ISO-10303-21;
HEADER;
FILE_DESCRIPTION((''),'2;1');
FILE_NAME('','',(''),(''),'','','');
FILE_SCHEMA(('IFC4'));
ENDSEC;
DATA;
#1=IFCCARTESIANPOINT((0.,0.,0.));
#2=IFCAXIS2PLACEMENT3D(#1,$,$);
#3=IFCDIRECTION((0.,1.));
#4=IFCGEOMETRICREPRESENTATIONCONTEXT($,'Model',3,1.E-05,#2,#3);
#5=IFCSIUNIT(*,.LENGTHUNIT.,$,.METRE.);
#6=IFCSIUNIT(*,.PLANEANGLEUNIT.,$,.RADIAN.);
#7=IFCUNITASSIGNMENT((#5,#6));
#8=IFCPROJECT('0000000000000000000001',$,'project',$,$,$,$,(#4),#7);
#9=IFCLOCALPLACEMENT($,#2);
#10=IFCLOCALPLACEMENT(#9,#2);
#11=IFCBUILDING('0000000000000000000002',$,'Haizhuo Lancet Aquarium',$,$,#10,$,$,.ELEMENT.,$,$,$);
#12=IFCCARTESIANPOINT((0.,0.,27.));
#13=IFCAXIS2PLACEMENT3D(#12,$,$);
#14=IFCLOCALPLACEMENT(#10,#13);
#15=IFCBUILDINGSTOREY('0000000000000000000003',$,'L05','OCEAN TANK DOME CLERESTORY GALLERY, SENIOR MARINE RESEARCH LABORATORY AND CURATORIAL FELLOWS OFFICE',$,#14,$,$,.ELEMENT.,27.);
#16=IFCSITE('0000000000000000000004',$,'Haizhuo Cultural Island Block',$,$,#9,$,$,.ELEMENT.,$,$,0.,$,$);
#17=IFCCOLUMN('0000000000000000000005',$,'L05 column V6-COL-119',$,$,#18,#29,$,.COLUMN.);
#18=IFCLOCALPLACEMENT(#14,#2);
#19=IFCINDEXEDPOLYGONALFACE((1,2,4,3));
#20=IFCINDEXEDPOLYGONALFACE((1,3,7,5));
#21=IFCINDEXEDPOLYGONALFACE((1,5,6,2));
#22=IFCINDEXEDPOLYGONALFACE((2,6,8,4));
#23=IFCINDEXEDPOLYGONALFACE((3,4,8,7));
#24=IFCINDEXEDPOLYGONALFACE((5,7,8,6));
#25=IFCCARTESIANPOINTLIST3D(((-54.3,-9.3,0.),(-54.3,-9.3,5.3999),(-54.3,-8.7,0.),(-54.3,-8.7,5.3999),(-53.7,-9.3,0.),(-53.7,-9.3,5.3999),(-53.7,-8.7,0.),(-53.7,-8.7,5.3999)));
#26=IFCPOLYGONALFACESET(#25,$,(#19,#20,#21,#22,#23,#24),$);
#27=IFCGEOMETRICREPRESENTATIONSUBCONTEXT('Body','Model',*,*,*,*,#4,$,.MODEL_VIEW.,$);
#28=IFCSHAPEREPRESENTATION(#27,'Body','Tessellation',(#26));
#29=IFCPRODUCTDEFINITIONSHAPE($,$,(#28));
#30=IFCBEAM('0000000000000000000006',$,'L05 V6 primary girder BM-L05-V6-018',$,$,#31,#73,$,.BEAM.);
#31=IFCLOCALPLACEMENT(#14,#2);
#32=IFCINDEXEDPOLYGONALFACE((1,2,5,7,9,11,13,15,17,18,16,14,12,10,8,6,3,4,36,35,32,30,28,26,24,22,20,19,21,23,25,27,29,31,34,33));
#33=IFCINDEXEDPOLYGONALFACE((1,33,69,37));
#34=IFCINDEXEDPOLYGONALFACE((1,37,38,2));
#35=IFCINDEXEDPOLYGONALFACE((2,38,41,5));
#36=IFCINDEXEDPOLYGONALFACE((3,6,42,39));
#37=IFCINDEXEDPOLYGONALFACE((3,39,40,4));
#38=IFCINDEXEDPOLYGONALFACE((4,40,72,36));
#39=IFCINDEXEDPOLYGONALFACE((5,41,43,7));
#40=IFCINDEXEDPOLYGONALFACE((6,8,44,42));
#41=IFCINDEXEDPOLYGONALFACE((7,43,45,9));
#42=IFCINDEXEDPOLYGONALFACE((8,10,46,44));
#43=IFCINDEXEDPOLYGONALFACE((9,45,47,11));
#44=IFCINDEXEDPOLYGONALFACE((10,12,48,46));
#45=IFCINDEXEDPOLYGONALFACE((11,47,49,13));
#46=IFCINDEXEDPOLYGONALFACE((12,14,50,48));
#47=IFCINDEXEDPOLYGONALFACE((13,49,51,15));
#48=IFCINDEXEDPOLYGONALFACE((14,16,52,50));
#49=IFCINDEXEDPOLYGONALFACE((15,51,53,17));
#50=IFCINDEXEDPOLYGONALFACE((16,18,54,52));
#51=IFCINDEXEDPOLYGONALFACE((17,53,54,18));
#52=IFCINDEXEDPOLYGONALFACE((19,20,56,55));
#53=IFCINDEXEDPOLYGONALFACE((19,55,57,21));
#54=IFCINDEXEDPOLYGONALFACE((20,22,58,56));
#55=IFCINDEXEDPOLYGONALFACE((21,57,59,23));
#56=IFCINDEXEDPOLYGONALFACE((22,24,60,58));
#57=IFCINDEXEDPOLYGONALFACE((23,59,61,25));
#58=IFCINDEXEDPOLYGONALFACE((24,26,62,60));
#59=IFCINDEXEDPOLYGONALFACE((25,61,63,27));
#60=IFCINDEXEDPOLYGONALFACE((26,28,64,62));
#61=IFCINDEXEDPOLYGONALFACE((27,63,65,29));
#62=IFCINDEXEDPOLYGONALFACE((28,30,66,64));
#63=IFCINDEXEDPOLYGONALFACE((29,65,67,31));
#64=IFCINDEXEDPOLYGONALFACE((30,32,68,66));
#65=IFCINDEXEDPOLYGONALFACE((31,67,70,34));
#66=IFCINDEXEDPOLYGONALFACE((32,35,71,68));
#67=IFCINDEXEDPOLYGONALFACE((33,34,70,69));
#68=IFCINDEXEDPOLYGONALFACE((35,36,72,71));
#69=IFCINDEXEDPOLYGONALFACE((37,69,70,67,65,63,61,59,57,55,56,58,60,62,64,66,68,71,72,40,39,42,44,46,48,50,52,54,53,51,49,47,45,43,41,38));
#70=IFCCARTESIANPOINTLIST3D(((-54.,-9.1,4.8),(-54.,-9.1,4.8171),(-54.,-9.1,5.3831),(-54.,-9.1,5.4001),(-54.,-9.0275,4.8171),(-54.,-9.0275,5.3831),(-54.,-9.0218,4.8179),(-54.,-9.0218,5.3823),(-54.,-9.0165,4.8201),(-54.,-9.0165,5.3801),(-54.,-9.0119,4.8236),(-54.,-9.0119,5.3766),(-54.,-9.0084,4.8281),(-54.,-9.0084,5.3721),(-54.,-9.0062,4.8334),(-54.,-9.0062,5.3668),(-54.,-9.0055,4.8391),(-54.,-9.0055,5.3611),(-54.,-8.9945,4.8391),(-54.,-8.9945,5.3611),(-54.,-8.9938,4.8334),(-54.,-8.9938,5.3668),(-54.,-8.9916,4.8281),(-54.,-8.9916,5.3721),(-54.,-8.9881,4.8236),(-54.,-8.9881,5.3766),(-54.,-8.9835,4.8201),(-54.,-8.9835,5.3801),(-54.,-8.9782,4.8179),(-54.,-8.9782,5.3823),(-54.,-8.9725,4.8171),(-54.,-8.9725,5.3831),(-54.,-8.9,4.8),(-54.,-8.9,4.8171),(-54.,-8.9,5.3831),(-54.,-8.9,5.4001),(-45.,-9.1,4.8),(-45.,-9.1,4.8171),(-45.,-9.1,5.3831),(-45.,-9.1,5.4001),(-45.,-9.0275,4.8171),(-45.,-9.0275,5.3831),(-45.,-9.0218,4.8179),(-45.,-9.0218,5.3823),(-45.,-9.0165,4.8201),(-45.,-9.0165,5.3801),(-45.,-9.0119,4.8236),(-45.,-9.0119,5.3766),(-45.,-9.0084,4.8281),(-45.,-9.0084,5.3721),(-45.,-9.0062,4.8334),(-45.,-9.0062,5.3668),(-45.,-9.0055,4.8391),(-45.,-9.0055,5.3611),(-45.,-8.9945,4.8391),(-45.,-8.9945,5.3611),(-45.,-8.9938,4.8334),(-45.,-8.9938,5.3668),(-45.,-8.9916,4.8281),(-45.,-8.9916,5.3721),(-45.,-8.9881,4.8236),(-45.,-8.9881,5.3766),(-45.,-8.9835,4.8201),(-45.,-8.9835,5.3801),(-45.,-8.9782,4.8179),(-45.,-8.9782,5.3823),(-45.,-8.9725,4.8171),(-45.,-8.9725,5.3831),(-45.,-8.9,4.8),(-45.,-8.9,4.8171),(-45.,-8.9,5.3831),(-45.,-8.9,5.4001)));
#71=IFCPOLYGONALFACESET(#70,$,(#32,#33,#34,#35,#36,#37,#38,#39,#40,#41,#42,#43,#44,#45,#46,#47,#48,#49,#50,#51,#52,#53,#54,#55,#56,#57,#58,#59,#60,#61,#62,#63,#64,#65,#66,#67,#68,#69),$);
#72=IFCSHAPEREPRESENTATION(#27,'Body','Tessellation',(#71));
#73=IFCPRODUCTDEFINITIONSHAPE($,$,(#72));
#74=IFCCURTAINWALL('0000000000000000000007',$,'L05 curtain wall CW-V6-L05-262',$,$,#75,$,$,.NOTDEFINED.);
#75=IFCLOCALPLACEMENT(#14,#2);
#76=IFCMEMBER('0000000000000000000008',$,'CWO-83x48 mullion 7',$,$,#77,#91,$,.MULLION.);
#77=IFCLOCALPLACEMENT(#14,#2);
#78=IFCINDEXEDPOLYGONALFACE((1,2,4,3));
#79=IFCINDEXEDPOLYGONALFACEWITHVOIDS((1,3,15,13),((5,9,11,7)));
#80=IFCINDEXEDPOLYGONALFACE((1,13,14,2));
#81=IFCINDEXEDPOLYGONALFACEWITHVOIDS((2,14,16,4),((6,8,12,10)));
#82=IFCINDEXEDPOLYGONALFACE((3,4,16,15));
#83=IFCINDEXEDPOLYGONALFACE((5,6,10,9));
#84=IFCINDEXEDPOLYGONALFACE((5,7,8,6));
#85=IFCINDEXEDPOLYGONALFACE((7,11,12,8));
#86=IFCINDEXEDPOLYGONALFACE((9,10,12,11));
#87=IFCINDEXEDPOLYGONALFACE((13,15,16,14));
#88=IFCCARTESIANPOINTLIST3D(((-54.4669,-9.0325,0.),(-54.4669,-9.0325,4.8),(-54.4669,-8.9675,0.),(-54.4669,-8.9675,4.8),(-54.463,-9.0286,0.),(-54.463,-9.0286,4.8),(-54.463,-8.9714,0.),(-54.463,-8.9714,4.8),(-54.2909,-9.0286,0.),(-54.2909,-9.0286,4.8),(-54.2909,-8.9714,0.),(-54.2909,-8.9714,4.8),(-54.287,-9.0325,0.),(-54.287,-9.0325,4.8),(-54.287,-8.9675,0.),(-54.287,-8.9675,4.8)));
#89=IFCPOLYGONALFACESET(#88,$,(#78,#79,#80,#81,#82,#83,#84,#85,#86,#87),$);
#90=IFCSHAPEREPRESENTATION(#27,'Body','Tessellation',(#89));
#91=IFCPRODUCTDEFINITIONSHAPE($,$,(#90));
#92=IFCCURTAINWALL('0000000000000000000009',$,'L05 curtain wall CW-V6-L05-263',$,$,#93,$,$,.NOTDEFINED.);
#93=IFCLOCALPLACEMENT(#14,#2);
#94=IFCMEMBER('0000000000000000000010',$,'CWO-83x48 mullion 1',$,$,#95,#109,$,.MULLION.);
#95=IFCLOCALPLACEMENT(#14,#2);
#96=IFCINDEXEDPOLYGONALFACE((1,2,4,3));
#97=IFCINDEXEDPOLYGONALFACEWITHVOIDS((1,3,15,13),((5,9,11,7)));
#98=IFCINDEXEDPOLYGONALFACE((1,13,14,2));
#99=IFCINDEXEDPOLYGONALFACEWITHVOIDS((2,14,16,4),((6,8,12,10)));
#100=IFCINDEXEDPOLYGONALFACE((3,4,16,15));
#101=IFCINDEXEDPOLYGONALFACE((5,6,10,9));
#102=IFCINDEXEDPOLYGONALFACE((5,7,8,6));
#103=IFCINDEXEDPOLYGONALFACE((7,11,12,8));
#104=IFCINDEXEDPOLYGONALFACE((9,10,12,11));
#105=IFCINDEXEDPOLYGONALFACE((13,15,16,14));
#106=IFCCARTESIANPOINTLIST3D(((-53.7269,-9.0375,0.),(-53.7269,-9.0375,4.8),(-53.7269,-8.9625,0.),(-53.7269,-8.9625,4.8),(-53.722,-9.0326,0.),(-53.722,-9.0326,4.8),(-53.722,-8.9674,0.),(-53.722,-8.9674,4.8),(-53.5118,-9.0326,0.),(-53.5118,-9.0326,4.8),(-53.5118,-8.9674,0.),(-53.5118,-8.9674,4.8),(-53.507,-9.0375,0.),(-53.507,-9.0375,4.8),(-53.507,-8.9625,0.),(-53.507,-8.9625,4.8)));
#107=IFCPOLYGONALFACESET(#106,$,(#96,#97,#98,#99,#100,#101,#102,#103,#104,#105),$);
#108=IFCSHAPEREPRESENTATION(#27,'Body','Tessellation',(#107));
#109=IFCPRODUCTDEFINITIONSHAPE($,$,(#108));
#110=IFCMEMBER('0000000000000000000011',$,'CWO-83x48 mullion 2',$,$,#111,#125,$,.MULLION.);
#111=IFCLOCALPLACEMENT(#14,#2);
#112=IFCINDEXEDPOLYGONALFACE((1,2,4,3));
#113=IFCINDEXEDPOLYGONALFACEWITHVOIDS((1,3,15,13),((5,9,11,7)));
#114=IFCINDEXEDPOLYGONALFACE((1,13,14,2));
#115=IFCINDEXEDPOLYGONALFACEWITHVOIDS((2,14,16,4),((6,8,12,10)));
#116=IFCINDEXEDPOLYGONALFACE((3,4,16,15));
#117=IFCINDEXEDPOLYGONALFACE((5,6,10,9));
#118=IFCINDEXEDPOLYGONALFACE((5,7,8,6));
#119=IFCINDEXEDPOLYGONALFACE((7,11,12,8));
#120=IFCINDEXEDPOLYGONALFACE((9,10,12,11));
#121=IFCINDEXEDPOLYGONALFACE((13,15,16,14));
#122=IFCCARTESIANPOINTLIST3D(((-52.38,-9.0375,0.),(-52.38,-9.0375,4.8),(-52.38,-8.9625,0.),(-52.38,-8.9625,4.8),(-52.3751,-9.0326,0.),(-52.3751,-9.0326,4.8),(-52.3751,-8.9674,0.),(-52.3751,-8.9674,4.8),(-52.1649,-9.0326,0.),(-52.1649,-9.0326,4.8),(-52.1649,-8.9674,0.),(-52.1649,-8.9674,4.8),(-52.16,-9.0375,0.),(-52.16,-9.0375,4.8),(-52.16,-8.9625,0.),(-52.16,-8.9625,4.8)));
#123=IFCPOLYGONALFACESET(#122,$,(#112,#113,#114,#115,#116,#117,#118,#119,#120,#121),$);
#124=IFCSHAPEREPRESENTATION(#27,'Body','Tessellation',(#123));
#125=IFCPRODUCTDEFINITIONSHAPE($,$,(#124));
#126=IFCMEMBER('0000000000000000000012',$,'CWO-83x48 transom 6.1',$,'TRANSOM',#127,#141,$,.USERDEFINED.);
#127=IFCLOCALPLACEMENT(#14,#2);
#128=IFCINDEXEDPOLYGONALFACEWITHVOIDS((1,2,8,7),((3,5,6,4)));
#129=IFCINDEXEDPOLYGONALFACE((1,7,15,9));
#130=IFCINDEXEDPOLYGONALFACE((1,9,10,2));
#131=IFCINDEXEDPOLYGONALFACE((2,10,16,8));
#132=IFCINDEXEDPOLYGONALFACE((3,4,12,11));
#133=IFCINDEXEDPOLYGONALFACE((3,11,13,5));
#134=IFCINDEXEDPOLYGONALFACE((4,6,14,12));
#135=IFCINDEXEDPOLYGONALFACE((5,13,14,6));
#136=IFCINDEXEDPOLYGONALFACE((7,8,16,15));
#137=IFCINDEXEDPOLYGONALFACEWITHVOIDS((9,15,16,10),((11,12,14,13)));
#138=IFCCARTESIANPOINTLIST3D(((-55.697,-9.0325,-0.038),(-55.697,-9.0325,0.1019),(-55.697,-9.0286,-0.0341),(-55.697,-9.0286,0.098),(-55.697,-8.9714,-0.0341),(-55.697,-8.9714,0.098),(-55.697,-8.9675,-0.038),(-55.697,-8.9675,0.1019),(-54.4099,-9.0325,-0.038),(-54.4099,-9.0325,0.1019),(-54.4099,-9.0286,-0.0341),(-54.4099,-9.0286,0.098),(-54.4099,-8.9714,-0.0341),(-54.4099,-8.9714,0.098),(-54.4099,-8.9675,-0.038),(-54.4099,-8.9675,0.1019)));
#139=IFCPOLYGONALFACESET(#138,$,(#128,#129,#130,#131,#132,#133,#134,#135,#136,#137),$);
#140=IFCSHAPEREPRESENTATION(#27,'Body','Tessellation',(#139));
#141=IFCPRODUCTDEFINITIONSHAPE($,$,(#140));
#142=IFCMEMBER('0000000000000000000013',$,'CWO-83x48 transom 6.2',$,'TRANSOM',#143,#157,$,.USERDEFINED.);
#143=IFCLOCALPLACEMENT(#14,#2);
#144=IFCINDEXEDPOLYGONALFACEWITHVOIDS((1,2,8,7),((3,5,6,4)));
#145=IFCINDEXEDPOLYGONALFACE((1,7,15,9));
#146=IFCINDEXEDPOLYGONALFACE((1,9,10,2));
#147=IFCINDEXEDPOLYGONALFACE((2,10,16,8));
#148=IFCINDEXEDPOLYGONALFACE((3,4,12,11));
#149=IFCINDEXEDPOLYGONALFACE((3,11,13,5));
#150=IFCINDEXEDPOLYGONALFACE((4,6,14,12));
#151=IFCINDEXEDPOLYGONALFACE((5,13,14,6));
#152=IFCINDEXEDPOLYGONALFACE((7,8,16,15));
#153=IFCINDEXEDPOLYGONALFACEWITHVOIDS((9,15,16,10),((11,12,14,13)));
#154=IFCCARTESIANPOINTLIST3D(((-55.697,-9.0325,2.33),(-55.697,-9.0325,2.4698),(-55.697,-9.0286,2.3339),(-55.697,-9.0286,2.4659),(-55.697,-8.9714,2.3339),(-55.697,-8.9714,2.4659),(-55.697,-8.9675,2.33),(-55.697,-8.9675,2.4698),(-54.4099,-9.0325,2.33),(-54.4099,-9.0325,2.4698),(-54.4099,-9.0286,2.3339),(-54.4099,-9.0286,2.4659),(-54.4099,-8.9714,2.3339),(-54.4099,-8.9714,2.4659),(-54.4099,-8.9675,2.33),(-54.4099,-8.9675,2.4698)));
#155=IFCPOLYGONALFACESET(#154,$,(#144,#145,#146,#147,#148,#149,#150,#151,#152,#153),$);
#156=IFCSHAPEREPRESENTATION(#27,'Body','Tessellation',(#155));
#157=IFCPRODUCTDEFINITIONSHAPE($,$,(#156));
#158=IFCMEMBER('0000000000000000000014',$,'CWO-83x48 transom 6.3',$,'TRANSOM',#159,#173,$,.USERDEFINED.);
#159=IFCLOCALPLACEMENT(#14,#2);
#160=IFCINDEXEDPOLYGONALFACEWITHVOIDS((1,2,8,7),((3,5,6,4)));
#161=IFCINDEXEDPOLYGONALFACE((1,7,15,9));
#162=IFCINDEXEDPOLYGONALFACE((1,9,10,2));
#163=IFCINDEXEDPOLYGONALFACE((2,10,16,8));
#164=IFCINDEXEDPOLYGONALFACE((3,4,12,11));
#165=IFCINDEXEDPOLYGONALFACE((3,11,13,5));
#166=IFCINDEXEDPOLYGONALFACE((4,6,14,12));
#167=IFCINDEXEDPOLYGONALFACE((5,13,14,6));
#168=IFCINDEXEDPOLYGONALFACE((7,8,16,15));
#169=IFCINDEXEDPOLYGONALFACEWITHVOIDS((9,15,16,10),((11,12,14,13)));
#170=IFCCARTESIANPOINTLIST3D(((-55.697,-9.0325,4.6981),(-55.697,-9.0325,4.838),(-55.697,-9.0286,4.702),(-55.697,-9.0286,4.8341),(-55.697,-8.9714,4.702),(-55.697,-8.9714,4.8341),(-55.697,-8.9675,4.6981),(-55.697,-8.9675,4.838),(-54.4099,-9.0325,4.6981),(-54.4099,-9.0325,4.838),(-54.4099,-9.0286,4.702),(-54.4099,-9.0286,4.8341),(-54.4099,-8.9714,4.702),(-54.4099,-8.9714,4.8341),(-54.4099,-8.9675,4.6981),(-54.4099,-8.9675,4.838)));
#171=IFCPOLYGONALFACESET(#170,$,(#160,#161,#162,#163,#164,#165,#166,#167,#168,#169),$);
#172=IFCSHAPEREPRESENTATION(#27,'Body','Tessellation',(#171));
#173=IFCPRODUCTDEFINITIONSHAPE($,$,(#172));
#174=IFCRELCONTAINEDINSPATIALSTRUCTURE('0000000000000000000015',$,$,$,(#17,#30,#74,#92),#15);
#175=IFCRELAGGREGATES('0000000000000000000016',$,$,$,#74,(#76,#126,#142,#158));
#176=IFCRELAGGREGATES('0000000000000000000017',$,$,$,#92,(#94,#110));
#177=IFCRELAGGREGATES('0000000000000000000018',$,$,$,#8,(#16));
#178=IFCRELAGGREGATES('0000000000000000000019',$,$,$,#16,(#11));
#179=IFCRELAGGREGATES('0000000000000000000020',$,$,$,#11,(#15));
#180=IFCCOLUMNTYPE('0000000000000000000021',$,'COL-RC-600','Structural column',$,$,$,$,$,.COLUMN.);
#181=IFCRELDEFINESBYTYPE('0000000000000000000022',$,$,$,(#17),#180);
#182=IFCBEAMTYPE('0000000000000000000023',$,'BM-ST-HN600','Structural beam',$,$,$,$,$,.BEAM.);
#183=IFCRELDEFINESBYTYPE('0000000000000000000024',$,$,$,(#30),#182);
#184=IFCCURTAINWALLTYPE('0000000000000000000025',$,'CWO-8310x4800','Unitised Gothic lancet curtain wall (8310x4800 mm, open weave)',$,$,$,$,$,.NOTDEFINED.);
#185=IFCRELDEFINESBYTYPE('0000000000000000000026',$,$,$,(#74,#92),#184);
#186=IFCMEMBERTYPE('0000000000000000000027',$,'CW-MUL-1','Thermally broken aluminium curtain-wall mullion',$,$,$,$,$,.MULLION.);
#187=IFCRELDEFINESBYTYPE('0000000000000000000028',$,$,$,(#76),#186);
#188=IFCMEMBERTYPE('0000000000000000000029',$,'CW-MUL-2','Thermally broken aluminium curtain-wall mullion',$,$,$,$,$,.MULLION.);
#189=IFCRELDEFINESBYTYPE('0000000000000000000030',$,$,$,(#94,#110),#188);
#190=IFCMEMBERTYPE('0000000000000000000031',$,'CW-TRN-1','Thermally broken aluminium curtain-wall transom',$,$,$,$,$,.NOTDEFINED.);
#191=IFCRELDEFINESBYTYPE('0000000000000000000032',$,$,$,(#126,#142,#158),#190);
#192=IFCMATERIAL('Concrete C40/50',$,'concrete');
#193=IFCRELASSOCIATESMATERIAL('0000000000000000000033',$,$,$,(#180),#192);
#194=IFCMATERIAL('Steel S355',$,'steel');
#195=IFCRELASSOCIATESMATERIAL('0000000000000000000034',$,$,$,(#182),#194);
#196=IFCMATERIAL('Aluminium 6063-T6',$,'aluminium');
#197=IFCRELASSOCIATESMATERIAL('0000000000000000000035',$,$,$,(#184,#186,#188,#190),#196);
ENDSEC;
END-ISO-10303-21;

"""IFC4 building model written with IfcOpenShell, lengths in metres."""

from ifc_helpers import new_model, si_unit, direction, frame, origin, origin_2d, place, context, subcontext, project, spatial, rectangle, hollow_rectangle, i_section, extrude, material, material_profile, profile_set, type_object, element, aggregate, save


model = new_model("IFC4")

# Units and contexts
model_context = context("Model", 3, precision=1e-05, world=origin(), true_north=direction((0.0, 1.0)))
body_context = subcontext(model_context, "Body", "Model", "MODEL_VIEW")
ifc_project = project(units=[si_unit("LENGTHUNIT", "METRE"), si_unit("PLANEANGLEUNIT", "RADIAN")], contexts=[model_context])

# Site, building, storey
site_placement = place(None, origin())
site = spatial("IfcSite", under=ifc_project, at=site_placement, Name="Haizhuo Cultural Island Block", CompositionType="ELEMENT", RefElevation=0.0)
building_placement = place(site_placement, origin())
building = spatial("IfcBuilding", under=site, at=building_placement, Name="Haizhuo Lancet Aquarium", CompositionType="ELEMENT")
storey_placement = place(building_placement, frame((0.0, 0.0, 27.0)))
storey = spatial("IfcBuildingStorey", under=building, at=storey_placement, Name="L05", Description="OCEAN TANK DOME CLERESTORY GALLERY, SENIOR MARINE RESEARCH LABORATORY AND CURATORIAL FELLOWS OFFICE", CompositionType="ELEMENT", Elevation=27.0)

# Column
ifc_material_1 = material(Name="Concrete C40/50", Category="concrete")
ifc_material_profile_1 = material_profile(ifc_material_1, rectangle(XDim=0.6001, YDim=0.6001, at=origin_2d()), Name="RC-COL 600x600")
ifc_profile_set_1 = profile_set([ifc_material_profile_1], Name="Concrete C40/50")
column_type = type_object("IfcColumnType", Name="COL-RC-600", Description="Structural column", PredefinedType="COLUMN", material=ifc_profile_set_1)
column_placement = place(storey_placement, frame((-54.0, -9.0, 0.0), z_axis=(0.0, 0.0, 1.0), x_axis=(1.0, 0.0, 0.0)))
element("IfcColumn", 1, at=column_placement, inside=storey, type_object=column_type, Name="L05 column V6-COL-119", PredefinedType="COLUMN", context=body_context, shape_type="SweptSolid", body=[
    extrude(rectangle(XDim=0.6001, YDim=0.6001, at=origin_2d()), origin(), (0.0, 0.0, 1.0), 5.3999),
])

# Beam
ifc_material_2 = material(Name="Steel S355", Category="steel")
ifc_material_profile_2 = material_profile(ifc_material_2, i_section(OverallWidth=0.2, OverallDepth=0.6001, WebThickness=0.011, FlangeThickness=0.0171, FilletRadius=0.022, at=origin_2d()), Name="HN 600x200x11x17")
ifc_profile_set_2 = profile_set([ifc_material_profile_2], Name="Steel S355")
beam_type = type_object("IfcBeamType", Name="BM-ST-HN600", Description="Structural beam", PredefinedType="BEAM", material=ifc_profile_set_2)
beam_placement = place(storey_placement, frame((-54.0, -9.0, 5.1001), z_axis=(1.0, 0.0, 0.0), x_axis=(0.0, 1.0, 0.0)))
element("IfcBeam", 2, at=beam_placement, inside=storey, type_object=beam_type, Name="L05 V6 primary girder BM-L05-V6-018", PredefinedType="BEAM", context=body_context, shape_type="SweptSolid", body=[
    extrude(i_section(OverallWidth=0.2, OverallDepth=0.6001, WebThickness=0.011, FlangeThickness=0.0171, FilletRadius=0.022, at=origin_2d()), origin(), (0.0, 0.0, 1.0), 9.0),
])

# Curtain wall, member
ifc_material_3 = material(Name="Aluminium 6063-T6", Category="aluminium")
curtain_wall_type = type_object("IfcCurtainWallType", Name="CWO-8310x4800", Description="Unitised Gothic lancet curtain wall (8310x4800 mm, open weave)", PredefinedType="NOTDEFINED", material=ifc_material_3)
curtain_wall_1_placement = place(storey_placement, origin())
curtain_wall_1 = element("IfcCurtainWall", 3, at=curtain_wall_1_placement, inside=storey, type_object=curtain_wall_type, Name="L05 curtain wall CW-V6-L05-262", PredefinedType="NOTDEFINED")
ifc_material_profile_3 = material_profile(ifc_material_3, hollow_rectangle(XDim=0.0649, YDim=0.1799, WallThickness=0.0039, at=origin_2d()), Name="ALU-M 65x180x4")
ifc_profile_set_3 = profile_set([ifc_material_profile_3], Name="Aluminium 6063-T6")
member_type_1 = type_object("IfcMemberType", Name="CW-MUL-1", Description="Thermally broken aluminium curtain-wall mullion", PredefinedType="MULLION", material=ifc_profile_set_3)
member_1_placement = place(storey_placement, frame((-54.377, -9.0, 0.0), z_axis=(0.0, 0.0, 1.0), x_axis=(0.0, 1.0, 0.0)))
member_1 = element("IfcMember", 4, at=member_1_placement, type_object=member_type_1, Name="CWO-83x48 mullion 7", PredefinedType="MULLION", context=body_context, shape_type="SweptSolid", body=[
    extrude(hollow_rectangle(XDim=0.0649, YDim=0.1799, WallThickness=0.0039, at=origin_2d()), origin(), (0.0, 0.0, 1.0), 4.8),
])

# Curtain wall, members
curtain_wall_2_placement = place(storey_placement, origin())
curtain_wall_2 = element("IfcCurtainWall", 5, at=curtain_wall_2_placement, inside=storey, type_object=curtain_wall_type, Name="L05 curtain wall CW-V6-L05-263", PredefinedType="NOTDEFINED")
ifc_material_profile_4 = material_profile(ifc_material_3, hollow_rectangle(XDim=0.075, YDim=0.22, WallThickness=0.0049, at=origin_2d()), Name="ALU-M 75x220x5")
ifc_profile_set_4 = profile_set([ifc_material_profile_4], Name="Aluminium 6063-T6")
member_type_2 = type_object("IfcMemberType", Name="CW-MUL-2", Description="Thermally broken aluminium curtain-wall mullion", PredefinedType="MULLION", material=ifc_profile_set_4)
member_2_placement = place(storey_placement, frame((-53.6169, -9.0, 0.0), z_axis=(0.0, 0.0, 1.0), x_axis=(0.0, 1.0, 0.0)))
member_2 = element("IfcMember", 6, at=member_2_placement, type_object=member_type_2, Name="CWO-83x48 mullion 1", PredefinedType="MULLION", context=body_context, shape_type="SweptSolid", body=[
    extrude(hollow_rectangle(XDim=0.075, YDim=0.22, WallThickness=0.0049, at=origin_2d()), origin(), (0.0, 0.0, 1.0), 4.8),
])
member_3_placement = place(storey_placement, frame((-52.27, -9.0, 0.0), z_axis=(0.0, 0.0, 1.0), x_axis=(0.0, 1.0, 0.0)))
member_3 = element("IfcMember", 7, at=member_3_placement, type_object=member_type_2, Name="CWO-83x48 mullion 2", PredefinedType="MULLION", context=body_context, shape_type="SweptSolid", body=[
    extrude(hollow_rectangle(XDim=0.075, YDim=0.22, WallThickness=0.0049, at=origin_2d()), origin(), (0.0, 0.0, 1.0), 4.8),
])

# Members
ifc_material_profile_5 = material_profile(ifc_material_3, hollow_rectangle(XDim=0.0649, YDim=0.1399, WallThickness=0.0039, at=origin_2d()), Name="ALU-T 65x140x4")
ifc_profile_set_5 = profile_set([ifc_material_profile_5], Name="Aluminium 6063-T6")
member_type_3 = type_object("IfcMemberType", Name="CW-TRN-1", Description="Thermally broken aluminium curtain-wall transom", PredefinedType="NOTDEFINED", material=ifc_profile_set_5)
member_4_placement = place(storey_placement, frame((-55.697, -9.0, 0.032), z_axis=(1.0, 0.0, 0.0), x_axis=(0.0, 1.0, 0.0)))
member_4 = element("IfcMember", 8, at=member_4_placement, type_object=member_type_3, Name="CWO-83x48 transom 6.1", ObjectType="TRANSOM", PredefinedType="USERDEFINED", context=body_context, shape_type="SweptSolid", body=[
    extrude(hollow_rectangle(XDim=0.0649, YDim=0.1399, WallThickness=0.0039, at=origin_2d()), origin(), (0.0, 0.0, 1.0), 1.2871),
])
member_5_placement = place(storey_placement, frame((-55.697, -9.0, 2.3999), z_axis=(1.0, 0.0, 0.0), x_axis=(0.0, 1.0, 0.0)))
member_5 = element("IfcMember", 9, at=member_5_placement, type_object=member_type_3, Name="CWO-83x48 transom 6.2", ObjectType="TRANSOM", PredefinedType="USERDEFINED", context=body_context, shape_type="SweptSolid", body=[
    extrude(hollow_rectangle(XDim=0.0649, YDim=0.1399, WallThickness=0.0039, at=origin_2d()), origin(), (0.0, 0.0, 1.0), 1.2871),
])
member_6_placement = place(storey_placement, frame((-55.697, -9.0, 4.7681), z_axis=(1.0, 0.0, 0.0), x_axis=(0.0, 1.0, 0.0)))
member_6 = element("IfcMember", 10, at=member_6_placement, type_object=member_type_3, Name="CWO-83x48 transom 6.3", ObjectType="TRANSOM", PredefinedType="USERDEFINED", context=body_context, shape_type="SweptSolid", body=[
    extrude(hollow_rectangle(XDim=0.0649, YDim=0.1399, WallThickness=0.0039, at=origin_2d()), origin(), (0.0, 0.0, 1.0), 1.2871),
])

aggregate(curtain_wall_1, [member_1, member_4, member_5, member_6])
aggregate(curtain_wall_2, [member_2, member_3])

save(model, "model.ifc")
